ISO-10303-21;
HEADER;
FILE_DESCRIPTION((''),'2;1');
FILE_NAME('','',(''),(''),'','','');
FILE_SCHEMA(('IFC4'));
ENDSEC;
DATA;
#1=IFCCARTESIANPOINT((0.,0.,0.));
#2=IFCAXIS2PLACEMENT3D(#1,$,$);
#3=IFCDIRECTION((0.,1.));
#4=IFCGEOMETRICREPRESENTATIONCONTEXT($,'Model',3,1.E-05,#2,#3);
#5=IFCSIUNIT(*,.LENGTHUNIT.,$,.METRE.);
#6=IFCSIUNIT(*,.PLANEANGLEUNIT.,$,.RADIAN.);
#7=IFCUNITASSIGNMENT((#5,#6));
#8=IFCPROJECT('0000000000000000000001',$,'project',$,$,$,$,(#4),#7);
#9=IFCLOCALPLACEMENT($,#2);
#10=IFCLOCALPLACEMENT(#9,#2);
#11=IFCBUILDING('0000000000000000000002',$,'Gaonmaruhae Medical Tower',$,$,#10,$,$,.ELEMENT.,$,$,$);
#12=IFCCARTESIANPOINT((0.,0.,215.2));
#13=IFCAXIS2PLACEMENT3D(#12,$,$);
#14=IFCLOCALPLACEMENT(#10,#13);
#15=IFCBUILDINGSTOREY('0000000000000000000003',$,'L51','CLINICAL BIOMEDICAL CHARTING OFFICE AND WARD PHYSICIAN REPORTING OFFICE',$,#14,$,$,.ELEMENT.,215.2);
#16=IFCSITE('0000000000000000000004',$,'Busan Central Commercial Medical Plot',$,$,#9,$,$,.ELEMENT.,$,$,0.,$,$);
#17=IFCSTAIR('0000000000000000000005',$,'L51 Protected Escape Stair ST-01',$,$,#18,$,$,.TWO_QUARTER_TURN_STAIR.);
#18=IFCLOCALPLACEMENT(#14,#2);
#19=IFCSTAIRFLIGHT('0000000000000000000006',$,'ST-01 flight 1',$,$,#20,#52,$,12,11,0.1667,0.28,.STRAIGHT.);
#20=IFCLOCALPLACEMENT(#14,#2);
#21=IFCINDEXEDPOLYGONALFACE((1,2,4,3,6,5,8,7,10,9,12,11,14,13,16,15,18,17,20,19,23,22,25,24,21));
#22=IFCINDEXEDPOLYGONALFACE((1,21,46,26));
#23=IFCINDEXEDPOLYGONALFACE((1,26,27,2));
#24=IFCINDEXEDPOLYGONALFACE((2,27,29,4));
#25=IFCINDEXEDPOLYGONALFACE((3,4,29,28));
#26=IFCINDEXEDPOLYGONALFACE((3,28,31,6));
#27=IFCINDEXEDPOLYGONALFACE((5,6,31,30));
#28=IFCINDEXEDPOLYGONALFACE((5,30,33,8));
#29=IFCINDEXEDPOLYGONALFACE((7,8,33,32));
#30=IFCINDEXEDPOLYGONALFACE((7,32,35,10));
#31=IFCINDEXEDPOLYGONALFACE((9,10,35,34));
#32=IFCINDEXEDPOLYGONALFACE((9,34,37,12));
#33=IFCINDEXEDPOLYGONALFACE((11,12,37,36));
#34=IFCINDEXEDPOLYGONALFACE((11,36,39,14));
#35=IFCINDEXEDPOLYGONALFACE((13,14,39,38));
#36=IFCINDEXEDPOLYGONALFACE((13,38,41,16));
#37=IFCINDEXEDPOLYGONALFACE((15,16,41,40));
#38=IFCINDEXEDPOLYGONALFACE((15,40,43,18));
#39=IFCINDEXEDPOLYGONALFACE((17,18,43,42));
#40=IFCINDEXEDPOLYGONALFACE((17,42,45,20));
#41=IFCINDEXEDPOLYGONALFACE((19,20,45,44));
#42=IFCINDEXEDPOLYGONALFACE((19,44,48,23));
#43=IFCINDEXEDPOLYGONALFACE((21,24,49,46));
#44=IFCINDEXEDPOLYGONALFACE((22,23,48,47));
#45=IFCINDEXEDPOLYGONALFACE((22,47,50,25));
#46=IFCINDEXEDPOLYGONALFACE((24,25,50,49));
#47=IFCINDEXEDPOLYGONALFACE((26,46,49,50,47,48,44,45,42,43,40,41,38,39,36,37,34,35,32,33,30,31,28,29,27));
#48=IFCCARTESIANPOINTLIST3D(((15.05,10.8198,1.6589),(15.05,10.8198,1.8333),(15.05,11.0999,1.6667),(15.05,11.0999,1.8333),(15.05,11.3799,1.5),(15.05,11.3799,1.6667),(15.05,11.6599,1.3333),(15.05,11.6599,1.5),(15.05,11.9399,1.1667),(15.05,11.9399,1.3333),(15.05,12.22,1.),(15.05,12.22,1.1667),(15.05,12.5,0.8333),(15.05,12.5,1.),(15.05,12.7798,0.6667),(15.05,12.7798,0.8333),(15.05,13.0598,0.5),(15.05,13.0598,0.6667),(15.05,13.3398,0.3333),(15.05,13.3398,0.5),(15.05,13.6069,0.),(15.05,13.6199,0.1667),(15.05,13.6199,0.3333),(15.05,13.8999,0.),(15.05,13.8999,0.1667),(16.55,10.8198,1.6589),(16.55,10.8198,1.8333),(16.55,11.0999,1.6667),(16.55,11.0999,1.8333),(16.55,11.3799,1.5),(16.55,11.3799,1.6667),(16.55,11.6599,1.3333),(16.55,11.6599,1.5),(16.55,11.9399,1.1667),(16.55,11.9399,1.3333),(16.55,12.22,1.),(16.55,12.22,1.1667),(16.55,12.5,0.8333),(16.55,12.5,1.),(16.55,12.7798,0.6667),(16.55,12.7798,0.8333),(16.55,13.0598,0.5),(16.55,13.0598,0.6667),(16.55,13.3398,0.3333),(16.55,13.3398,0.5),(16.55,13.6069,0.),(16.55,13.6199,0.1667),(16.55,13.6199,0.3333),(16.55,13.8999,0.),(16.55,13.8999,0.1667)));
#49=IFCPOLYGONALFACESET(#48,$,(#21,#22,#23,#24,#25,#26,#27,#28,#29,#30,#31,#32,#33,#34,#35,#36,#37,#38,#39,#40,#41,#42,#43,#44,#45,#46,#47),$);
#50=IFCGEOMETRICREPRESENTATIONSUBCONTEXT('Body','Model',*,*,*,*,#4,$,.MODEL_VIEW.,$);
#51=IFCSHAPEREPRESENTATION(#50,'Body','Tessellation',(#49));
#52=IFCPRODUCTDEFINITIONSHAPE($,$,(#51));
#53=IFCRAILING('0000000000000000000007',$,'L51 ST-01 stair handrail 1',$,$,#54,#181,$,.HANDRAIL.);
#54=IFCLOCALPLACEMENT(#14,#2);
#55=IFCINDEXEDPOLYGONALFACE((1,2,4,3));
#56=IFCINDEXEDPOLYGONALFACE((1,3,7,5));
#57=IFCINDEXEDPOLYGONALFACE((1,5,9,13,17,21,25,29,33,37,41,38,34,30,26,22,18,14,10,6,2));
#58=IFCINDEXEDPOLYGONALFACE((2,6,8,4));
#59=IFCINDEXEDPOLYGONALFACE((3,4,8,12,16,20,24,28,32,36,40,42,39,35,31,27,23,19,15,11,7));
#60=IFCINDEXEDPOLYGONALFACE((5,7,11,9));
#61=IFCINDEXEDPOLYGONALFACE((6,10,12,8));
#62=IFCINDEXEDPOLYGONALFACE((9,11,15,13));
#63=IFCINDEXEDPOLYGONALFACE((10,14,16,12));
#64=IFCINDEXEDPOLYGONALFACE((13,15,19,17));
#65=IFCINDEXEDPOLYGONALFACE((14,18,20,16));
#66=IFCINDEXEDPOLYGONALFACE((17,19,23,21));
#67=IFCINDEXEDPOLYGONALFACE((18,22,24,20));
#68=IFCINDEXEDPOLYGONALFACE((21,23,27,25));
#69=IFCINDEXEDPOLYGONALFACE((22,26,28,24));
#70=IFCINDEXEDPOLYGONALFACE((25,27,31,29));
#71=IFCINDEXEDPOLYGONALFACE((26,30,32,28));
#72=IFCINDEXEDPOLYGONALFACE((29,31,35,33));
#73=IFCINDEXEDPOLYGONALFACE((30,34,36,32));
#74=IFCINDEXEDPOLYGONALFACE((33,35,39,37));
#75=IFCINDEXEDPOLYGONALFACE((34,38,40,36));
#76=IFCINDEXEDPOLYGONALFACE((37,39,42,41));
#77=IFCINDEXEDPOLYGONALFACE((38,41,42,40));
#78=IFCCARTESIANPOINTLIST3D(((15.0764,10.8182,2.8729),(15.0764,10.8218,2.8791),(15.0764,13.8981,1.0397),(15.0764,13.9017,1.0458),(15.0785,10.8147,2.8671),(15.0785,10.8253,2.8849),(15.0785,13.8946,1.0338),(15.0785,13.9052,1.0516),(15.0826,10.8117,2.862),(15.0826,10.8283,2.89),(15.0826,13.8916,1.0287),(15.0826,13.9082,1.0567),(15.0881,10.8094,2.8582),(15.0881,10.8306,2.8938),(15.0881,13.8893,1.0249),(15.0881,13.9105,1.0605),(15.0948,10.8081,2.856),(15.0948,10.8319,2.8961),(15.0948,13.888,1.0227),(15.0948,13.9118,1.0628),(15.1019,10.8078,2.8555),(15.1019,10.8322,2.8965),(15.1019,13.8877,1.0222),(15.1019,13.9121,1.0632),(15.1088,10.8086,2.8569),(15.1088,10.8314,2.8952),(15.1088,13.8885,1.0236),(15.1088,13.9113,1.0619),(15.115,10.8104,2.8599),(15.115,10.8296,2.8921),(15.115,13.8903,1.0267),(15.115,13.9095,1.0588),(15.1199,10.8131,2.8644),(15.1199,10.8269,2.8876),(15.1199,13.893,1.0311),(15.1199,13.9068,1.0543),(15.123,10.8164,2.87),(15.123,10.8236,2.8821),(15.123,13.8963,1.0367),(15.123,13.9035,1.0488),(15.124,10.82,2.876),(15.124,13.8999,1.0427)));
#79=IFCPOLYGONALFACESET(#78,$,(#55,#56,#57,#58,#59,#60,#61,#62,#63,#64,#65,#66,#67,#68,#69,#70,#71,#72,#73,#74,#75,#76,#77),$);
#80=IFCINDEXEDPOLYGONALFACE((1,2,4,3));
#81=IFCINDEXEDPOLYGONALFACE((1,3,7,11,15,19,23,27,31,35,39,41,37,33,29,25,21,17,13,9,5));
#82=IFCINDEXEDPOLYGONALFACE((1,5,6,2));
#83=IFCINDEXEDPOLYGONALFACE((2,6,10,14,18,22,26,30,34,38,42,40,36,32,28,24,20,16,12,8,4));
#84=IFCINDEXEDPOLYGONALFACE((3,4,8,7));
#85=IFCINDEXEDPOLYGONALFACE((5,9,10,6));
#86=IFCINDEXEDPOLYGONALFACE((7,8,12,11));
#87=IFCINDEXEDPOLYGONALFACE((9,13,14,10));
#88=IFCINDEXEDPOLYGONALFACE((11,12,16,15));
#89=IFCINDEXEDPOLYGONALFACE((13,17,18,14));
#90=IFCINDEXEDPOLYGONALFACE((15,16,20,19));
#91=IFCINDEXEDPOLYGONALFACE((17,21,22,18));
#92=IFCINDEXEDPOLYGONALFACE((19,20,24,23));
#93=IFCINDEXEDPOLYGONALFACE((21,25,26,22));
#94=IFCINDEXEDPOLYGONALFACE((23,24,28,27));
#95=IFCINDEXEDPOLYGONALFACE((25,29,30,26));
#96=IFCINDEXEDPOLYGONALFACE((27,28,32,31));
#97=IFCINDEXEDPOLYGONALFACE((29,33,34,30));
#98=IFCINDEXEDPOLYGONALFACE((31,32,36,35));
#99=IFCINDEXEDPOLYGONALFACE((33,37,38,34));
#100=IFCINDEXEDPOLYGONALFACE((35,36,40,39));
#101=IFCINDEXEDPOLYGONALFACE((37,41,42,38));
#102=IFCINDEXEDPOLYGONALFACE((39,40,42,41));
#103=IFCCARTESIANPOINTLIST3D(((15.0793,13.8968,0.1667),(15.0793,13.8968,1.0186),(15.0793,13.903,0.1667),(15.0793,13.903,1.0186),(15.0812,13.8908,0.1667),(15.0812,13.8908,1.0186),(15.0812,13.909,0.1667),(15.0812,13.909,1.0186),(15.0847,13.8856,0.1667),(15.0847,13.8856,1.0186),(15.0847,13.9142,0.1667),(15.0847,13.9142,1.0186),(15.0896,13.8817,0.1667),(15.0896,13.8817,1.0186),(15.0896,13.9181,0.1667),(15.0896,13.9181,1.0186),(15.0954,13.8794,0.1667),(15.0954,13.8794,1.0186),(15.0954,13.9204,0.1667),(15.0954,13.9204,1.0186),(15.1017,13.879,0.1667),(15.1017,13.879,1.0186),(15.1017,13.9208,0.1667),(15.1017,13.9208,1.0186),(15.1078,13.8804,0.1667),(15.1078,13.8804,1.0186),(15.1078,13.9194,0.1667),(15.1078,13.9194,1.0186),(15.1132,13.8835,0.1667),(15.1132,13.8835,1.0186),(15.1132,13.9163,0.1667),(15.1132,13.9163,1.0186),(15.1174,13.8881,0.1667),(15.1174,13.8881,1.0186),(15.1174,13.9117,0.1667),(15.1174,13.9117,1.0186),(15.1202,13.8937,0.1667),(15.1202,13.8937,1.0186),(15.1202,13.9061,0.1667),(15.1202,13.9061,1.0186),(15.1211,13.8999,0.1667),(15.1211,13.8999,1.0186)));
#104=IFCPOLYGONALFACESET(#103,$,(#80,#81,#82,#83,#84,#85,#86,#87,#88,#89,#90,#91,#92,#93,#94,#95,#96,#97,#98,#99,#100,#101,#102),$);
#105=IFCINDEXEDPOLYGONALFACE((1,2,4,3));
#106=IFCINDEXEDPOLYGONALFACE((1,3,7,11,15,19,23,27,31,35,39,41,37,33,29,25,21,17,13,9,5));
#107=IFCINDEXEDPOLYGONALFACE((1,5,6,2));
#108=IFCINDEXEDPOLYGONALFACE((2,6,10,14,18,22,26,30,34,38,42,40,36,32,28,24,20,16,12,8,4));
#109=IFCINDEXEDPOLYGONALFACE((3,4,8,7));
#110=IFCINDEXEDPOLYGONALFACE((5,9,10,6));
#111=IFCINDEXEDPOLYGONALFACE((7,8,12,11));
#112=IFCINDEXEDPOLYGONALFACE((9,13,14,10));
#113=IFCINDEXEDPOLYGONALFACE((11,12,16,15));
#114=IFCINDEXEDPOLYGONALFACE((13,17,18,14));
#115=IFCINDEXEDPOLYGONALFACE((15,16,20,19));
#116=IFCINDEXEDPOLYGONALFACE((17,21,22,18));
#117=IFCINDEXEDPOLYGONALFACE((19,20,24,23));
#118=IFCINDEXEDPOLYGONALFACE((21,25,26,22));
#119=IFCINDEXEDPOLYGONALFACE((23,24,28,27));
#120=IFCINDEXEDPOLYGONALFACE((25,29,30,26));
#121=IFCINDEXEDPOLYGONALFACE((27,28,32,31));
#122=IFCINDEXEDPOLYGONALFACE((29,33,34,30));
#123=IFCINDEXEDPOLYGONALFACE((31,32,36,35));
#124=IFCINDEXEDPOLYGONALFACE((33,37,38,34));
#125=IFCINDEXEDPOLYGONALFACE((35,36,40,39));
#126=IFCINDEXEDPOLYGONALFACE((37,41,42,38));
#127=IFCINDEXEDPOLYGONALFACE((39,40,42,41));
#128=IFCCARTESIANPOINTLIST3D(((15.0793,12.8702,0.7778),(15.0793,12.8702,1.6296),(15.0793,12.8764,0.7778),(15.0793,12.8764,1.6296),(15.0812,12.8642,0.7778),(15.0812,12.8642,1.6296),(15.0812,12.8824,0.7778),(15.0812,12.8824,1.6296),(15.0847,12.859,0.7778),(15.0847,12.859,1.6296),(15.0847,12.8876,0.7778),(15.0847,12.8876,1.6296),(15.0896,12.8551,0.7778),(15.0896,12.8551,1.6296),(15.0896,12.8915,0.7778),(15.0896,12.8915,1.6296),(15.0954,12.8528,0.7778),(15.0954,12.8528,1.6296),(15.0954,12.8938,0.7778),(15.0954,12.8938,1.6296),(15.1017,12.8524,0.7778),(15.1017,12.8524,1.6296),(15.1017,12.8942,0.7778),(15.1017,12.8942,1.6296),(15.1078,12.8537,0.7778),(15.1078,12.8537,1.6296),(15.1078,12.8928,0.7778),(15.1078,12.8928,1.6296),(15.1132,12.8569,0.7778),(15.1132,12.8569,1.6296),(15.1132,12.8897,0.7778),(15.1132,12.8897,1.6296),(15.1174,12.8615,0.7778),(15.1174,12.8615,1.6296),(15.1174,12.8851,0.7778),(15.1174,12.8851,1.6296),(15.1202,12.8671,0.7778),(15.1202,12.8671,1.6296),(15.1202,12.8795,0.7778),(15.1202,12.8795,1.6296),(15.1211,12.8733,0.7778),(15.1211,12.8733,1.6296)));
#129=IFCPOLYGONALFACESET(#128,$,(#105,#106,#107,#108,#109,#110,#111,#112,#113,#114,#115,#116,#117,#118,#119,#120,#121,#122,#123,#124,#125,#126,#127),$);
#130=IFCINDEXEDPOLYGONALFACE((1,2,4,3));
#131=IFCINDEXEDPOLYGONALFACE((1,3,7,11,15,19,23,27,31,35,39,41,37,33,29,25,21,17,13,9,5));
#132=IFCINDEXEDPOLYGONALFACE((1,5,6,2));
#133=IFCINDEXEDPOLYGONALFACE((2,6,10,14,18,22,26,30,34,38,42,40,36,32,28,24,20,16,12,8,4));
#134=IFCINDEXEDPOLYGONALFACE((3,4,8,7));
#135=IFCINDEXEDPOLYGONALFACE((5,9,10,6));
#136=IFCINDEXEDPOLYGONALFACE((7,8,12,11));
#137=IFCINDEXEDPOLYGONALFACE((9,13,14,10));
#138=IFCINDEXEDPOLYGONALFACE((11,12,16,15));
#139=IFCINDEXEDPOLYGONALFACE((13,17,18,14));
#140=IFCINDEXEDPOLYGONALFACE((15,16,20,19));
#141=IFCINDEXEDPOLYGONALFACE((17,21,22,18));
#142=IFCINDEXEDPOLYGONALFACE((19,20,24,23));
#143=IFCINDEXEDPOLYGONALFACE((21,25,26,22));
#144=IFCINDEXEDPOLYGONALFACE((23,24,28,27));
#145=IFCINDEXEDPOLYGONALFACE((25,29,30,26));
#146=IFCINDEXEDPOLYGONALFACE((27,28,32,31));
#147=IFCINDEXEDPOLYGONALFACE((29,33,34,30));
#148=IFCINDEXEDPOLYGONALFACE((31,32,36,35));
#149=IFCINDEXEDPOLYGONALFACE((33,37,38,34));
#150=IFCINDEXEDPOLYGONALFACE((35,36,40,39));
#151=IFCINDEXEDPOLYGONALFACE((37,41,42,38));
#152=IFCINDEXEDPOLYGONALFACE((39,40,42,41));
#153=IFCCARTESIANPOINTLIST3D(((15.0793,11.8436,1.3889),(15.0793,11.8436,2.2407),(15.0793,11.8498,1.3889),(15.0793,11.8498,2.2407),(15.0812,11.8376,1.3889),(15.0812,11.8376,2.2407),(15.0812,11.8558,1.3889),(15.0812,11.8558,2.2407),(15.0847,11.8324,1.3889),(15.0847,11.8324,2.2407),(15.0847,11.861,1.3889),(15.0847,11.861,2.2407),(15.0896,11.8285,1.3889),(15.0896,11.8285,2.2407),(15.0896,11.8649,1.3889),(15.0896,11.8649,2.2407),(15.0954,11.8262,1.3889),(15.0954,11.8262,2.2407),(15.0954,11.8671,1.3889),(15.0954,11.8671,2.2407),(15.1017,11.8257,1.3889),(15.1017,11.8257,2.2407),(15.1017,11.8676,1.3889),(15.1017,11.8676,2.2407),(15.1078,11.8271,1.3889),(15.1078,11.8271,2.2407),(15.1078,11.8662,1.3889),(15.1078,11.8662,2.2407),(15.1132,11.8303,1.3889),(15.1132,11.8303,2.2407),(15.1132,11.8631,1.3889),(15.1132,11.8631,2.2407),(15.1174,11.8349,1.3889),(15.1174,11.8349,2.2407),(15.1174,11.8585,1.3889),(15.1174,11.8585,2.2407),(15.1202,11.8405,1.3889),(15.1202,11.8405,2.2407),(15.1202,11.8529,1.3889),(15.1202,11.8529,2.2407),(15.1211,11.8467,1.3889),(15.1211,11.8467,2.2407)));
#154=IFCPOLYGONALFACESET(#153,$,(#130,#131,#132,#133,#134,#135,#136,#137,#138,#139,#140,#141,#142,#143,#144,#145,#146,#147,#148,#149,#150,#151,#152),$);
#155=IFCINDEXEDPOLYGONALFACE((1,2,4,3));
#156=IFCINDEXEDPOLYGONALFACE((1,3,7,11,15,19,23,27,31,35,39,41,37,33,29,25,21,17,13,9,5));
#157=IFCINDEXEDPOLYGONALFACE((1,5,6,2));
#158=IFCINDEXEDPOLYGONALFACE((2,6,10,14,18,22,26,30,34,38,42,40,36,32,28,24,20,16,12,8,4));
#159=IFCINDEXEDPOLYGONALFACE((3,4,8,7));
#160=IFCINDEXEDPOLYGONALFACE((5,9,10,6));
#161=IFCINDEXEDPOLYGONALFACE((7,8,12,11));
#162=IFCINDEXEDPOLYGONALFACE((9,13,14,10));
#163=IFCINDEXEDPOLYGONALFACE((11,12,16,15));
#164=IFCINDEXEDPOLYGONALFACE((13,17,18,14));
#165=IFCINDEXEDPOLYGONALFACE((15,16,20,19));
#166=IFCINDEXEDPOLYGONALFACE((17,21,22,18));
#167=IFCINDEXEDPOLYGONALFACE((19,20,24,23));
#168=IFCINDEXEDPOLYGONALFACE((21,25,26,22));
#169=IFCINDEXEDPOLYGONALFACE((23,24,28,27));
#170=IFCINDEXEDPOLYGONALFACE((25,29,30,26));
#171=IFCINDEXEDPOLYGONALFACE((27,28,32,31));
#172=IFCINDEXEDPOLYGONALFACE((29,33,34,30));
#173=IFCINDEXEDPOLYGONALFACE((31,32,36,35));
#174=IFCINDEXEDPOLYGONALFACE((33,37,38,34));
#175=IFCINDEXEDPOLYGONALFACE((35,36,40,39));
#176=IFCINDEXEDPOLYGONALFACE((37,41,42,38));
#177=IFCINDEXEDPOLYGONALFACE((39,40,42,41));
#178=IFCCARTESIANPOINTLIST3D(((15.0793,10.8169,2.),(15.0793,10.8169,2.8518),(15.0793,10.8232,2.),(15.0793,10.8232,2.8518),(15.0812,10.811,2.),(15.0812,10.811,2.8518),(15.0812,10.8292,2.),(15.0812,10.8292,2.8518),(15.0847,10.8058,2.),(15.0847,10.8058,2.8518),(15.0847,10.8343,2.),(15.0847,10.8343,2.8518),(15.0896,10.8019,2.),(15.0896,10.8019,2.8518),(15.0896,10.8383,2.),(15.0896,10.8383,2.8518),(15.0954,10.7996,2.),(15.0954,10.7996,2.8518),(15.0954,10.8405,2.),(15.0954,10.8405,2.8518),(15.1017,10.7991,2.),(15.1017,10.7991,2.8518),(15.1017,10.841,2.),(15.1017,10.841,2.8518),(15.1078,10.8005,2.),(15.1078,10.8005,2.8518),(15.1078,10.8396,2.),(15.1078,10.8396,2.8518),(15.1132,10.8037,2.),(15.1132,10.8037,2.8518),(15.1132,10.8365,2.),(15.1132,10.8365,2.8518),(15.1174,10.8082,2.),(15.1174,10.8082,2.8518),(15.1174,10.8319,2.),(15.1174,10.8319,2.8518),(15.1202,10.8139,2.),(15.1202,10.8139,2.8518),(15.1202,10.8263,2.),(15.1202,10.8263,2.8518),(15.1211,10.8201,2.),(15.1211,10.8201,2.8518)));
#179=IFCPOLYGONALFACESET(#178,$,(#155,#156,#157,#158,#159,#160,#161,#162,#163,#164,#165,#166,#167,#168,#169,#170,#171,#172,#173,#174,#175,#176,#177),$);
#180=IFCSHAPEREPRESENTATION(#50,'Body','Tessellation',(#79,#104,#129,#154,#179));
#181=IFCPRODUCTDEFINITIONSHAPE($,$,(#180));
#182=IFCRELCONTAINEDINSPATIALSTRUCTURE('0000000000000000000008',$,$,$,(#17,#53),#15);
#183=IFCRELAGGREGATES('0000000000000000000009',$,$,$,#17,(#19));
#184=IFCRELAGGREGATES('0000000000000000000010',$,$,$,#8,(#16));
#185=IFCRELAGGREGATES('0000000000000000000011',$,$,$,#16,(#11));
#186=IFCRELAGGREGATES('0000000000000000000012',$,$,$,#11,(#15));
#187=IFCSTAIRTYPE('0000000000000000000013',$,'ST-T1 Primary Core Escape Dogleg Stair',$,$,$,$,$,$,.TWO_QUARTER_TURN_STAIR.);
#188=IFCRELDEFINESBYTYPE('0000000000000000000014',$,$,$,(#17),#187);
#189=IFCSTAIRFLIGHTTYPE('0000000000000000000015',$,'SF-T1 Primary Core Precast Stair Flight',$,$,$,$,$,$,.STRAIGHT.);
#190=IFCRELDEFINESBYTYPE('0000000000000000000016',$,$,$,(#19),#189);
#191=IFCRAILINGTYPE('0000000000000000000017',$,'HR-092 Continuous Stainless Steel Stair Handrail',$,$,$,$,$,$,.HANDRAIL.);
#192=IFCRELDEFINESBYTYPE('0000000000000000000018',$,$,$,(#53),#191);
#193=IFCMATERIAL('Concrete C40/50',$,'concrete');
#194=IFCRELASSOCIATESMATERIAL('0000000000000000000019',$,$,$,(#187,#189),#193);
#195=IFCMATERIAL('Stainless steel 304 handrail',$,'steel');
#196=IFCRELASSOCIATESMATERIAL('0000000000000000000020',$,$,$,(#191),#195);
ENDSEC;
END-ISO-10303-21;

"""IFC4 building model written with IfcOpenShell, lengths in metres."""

from ifc_helpers import new_model, si_unit, direction, frame, origin, origin_2d, place, context, subcontext, project, spatial, polyline, circle, outline, extrude, material, type_object, element, aggregate, save


model = new_model("IFC4")

# Units and contexts
model_context = context("Model", 3, precision=1e-05, world=origin(), true_north=direction((0.0, 1.0)))
body_context = subcontext(model_context, "Body", "Model", "MODEL_VIEW")
ifc_project = project(units=[si_unit("LENGTHUNIT", "METRE"), si_unit("PLANEANGLEUNIT", "RADIAN")], contexts=[model_context])

# Site, building, storey
site_placement = place(None, origin())
site = spatial("IfcSite", under=ifc_project, at=site_placement, Name="Busan Central Commercial Medical Plot", CompositionType="ELEMENT", RefElevation=0.0)
building_placement = place(site_placement, origin())
building = spatial("IfcBuilding", under=site, at=building_placement, Name="Gaonmaruhae Medical Tower", CompositionType="ELEMENT")
storey_placement = place(building_placement, frame((0.0, 0.0, 215.2)))
storey = spatial("IfcBuildingStorey", under=building, at=storey_placement, Name="L51", Description="CLINICAL BIOMEDICAL CHARTING OFFICE AND WARD PHYSICIAN REPORTING OFFICE", CompositionType="ELEMENT", Elevation=215.2)

# Stair, stair flight
ifc_material_1 = material(Name="Concrete C40/50", Category="concrete")
stair_type = type_object("IfcStairType", Name="ST-T1 Primary Core Escape Dogleg Stair", PredefinedType="TWO_QUARTER_TURN_STAIR", material=ifc_material_1)
stair_placement = place(storey_placement, origin())
stair = element("IfcStair", 1, at=stair_placement, inside=storey, type_object=stair_type, Name="L51 Protected Escape Stair ST-01", PredefinedType="TWO_QUARTER_TURN_STAIR")
stair_flight_type = type_object("IfcStairFlightType", Name="SF-T1 Primary Core Precast Stair Flight", PredefinedType="STRAIGHT", material=ifc_material_1)
stair_flight_placement = place(storey_placement, frame((15.8, 13.8999, 0.0), z_axis=(0.0, 0.0, 1.0), x_axis=(0.0, -1.0, 0.0)))
stair_flight = element("IfcStairFlight", 2, at=stair_flight_placement, type_object=stair_flight_type, Name="ST-01 flight 1", NumberOfRisers=12, NumberOfTreads=11, PredefinedType="STRAIGHT", RiserHeight=0.1667, TreadLength=0.28, context=body_context, shape_type="SweptSolid", body=[
    extrude(outline(polyline([(0.0, 0.0), (0.0, 0.1667), (0.28, 0.1667), (0.28, 0.3333), (0.5601, 0.3333), (0.5601, 0.5), (0.8401, 0.5), (0.8401, 0.6667), (1.1201, 0.6667), (1.1201, 0.8333), (1.3999, 0.8333), (1.3999, 1.0), (1.6799, 1.0), (1.6799, 1.1667), (1.96, 1.1667), (1.96, 1.3333), (2.24, 1.3333), (2.24, 1.5), (2.52, 1.5), (2.52, 1.6667), (2.8, 1.6667), (2.8, 1.8333), (3.0801, 1.8333), (3.0801, 2.0), (3.0801, 1.6589), (0.293, 0.0), (0.0, 0.0)])), frame((0.0, 0.75, 0.0), z_axis=(0.0, -1.0, 0.0), x_axis=(1.0, 0.0, 0.0)), (0.0, 0.0, 1.0), 1.5),
])
aggregate(stair, [stair_flight])

# Railing
ifc_material_2 = material(Name="Stainless steel 304 handrail", Category="steel")
railing_type_1 = type_object("IfcRailingType", Name="HR-092 Continuous Stainless Steel Stair Handrail", PredefinedType="HANDRAIL", material=ifc_material_2)
railing_1_placement = place(storey_placement, frame((15.1001, 13.8999, 0.1667)))
element("IfcRailing", 3, at=railing_1_placement, inside=storey, type_object=railing_type_1, Name="L51 ST-01 stair handrail 1", PredefinedType="HANDRAIL", context=body_context, shape_type="SweptSolid", body=[
    extrude(circle(Radius=0.0239, at=origin_2d()), frame((0.0, 0.0, 0.876), z_axis=(0.0, -0.859291, 0.511487), x_axis=(1.0, 0.0, 0.0)), (0.0, 0.0, 1.0), 3.5842),
    extrude(circle(Radius=0.021, at=origin_2d()), origin(), (0.0, 0.0, 1.0), 0.8518),
    extrude(circle(Radius=0.021, at=origin_2d()), frame((0.0, -1.0266, 0.6111)), (0.0, 0.0, 1.0), 0.8518),
    extrude(circle(Radius=0.021, at=origin_2d()), frame((0.0, -2.0532, 1.2222)), (0.0, 0.0, 1.0), 0.8518),
    extrude(circle(Radius=0.021, at=origin_2d()), frame((0.0, -3.0798, 1.8333)), (0.0, 0.0, 1.0), 0.8518),
])

save(model, "model.ifc")
